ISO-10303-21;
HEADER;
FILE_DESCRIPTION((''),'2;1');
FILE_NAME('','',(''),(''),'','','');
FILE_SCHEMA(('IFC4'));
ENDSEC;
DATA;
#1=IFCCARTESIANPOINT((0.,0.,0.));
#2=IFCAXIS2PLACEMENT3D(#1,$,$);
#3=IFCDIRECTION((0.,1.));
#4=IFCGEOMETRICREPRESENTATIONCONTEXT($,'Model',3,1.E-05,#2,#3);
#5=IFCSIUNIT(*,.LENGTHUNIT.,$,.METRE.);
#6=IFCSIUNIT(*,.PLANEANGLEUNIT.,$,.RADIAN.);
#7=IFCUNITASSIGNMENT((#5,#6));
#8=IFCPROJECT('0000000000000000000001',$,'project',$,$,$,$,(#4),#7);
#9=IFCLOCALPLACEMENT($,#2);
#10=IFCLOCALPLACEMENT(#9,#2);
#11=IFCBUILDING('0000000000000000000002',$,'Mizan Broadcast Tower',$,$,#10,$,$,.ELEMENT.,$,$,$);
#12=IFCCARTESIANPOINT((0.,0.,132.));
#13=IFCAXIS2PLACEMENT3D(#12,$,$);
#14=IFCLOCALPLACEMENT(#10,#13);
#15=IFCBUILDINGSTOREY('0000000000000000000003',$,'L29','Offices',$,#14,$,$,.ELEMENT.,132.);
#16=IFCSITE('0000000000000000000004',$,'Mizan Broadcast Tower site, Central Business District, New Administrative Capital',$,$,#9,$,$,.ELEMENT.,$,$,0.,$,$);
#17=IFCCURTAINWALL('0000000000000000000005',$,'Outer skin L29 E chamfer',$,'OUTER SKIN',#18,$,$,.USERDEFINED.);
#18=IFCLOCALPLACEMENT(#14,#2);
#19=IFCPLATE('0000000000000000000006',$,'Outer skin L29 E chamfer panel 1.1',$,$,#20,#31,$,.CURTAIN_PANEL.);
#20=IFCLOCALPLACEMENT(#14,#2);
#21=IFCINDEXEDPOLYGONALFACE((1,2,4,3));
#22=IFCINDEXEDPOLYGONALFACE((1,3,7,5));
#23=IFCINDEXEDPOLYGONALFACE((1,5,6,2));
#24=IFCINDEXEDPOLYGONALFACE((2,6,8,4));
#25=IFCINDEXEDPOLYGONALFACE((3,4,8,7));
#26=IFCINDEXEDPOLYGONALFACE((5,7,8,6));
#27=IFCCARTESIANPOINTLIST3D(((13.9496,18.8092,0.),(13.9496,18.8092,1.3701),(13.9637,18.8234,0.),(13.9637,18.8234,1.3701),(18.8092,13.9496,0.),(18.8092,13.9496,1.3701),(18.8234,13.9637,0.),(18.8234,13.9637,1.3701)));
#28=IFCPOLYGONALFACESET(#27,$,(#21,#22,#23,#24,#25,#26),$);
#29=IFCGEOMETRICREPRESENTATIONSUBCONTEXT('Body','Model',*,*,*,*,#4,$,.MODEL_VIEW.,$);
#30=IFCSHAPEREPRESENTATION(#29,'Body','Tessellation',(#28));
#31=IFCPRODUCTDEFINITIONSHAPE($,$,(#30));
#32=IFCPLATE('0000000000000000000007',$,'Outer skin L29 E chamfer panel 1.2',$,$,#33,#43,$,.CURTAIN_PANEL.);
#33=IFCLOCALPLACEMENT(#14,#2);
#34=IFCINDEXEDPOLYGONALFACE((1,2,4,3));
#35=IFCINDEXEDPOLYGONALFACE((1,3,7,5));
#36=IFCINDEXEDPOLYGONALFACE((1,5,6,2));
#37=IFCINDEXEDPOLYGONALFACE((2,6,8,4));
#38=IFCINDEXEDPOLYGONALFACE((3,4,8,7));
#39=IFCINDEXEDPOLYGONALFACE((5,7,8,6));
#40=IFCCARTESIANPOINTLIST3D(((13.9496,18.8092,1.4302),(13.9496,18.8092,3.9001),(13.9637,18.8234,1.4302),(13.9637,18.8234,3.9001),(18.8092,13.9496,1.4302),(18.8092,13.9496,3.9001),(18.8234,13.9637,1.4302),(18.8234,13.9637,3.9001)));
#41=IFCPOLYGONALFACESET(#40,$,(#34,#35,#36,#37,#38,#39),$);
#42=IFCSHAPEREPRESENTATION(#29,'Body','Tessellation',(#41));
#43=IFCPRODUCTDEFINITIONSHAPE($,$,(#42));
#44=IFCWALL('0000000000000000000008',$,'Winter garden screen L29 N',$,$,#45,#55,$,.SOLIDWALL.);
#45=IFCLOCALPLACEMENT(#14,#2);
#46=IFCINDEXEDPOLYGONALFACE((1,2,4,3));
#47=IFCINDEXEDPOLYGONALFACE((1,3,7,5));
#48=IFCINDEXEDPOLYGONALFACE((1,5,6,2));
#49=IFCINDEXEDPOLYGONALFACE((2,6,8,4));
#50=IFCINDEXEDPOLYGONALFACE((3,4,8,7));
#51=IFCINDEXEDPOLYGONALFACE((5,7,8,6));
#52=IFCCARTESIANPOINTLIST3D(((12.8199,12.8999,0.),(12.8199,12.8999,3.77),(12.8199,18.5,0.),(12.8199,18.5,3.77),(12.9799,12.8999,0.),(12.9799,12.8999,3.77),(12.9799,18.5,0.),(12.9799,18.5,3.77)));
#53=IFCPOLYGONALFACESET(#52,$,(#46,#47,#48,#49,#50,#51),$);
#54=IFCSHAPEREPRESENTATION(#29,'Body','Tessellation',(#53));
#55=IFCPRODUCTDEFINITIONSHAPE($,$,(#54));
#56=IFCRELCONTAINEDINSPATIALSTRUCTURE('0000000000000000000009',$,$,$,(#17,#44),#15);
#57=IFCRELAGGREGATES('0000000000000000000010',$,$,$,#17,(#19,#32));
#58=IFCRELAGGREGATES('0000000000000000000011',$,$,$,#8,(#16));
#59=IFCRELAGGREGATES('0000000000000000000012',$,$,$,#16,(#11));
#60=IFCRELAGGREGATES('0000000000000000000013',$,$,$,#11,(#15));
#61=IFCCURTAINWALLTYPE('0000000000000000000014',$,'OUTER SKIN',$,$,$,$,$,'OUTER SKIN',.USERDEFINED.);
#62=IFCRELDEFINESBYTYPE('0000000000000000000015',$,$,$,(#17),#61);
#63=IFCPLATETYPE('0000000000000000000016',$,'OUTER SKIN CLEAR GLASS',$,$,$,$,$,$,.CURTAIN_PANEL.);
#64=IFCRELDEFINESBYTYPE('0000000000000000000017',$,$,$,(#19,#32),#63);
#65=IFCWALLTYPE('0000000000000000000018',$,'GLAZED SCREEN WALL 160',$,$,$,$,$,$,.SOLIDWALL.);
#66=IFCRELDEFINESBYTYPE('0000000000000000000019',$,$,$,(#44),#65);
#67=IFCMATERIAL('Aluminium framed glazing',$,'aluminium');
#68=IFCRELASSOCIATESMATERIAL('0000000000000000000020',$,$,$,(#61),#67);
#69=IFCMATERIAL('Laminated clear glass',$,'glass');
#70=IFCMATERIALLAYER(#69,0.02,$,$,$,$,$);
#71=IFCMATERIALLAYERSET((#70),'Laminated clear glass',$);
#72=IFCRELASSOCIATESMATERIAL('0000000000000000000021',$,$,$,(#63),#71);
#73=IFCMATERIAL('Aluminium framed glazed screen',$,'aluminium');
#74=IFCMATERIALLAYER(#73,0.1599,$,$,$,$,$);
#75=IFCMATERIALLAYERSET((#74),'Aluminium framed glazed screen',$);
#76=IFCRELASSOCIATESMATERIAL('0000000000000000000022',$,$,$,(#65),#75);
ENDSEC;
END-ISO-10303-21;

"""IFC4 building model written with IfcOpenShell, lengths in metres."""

from ifc_helpers import new_model, si_unit, direction, frame, frame_2d, origin, origin_2d, place, context, subcontext, project, spatial, rectangle, extrude, material, layer, layer_set, type_object, element, aggregate, save


model = new_model("IFC4")

# Units and contexts
model_context = context("Model", 3, precision=1e-05, world=origin(), true_north=direction((0.0, 1.0)))
body_context = subcontext(model_context, "Body", "Model", "MODEL_VIEW")
ifc_project = project(units=[si_unit("LENGTHUNIT", "METRE"), si_unit("PLANEANGLEUNIT", "RADIAN")], contexts=[model_context])

# Site, building, storey
site_placement = place(None, origin())
site = spatial("IfcSite", under=ifc_project, at=site_placement, Name="Mizan Broadcast Tower site, Central Business District, New Administrative Capital", CompositionType="ELEMENT", RefElevation=0.0)
building_placement = place(site_placement, origin())
building = spatial("IfcBuilding", under=site, at=building_placement, Name="Mizan Broadcast Tower", CompositionType="ELEMENT")
storey_placement = place(building_placement, frame((0.0, 0.0, 132.0)))
storey = spatial("IfcBuildingStorey", under=building, at=storey_placement, Name="L29", Description="Offices", CompositionType="ELEMENT", Elevation=132.0)

# Curtain wall
ifc_material_1 = material(Name="Aluminium framed glazing", Category="aluminium")
curtain_wall_type_1 = type_object("IfcCurtainWallType", Name="OUTER SKIN", ElementType="OUTER SKIN", PredefinedType="USERDEFINED", material=ifc_material_1)
curtain_wall_1_placement = place(storey_placement, origin())
curtain_wall_1 = element("IfcCurtainWall", 1, at=curtain_wall_1_placement, inside=storey, type_object=curtain_wall_type_1, Name="Outer skin L29 E chamfer", ObjectType="OUTER SKIN", PredefinedType="USERDEFINED")

# Plates
ifc_material_2 = material(Name="Laminated clear glass", Category="glass")
ifc_layer_1 = layer(ifc_material_2, 0.02)
ifc_layer_set_1 = layer_set([ifc_layer_1], Name="Laminated clear glass")
plate_type = type_object("IfcPlateType", Name="OUTER SKIN CLEAR GLASS", PredefinedType="CURTAIN_PANEL", material=ifc_layer_set_1)
plate_1_placement = place(storey_placement, frame((16.3865, 16.3865, 0.0), z_axis=(0.0, 0.0, 1.0), x_axis=(-0.707107, 0.707107, 0.0)))
plate_1 = element("IfcPlate", 2, at=plate_1_placement, type_object=plate_type, Name="Outer skin L29 E chamfer panel 1.1", PredefinedType="CURTAIN_PANEL", context=body_context, shape_type="SweptSolid", body=[
    extrude(rectangle(XDim=6.8726, YDim=0.02, at=origin_2d()), origin(), (0.0, 0.0, 1.0), 1.3701),
])
plate_2_placement = place(storey_placement, frame((16.3865, 16.3865, 1.4302), z_axis=(0.0, 0.0, 1.0), x_axis=(-0.707107, 0.707107, 0.0)))
plate_2 = element("IfcPlate", 3, at=plate_2_placement, type_object=plate_type, Name="Outer skin L29 E chamfer panel 1.2", PredefinedType="CURTAIN_PANEL", context=body_context, shape_type="SweptSolid", body=[
    extrude(rectangle(XDim=6.8726, YDim=0.02, at=origin_2d()), origin(), (0.0, 0.0, 1.0), 2.47),
])
aggregate(curtain_wall_1, [plate_1, plate_2])

# Wall
ifc_material_3 = material(Name="Aluminium framed glazed screen", Category="aluminium")
ifc_layer_2 = layer(ifc_material_3, 0.1599)
ifc_layer_set_2 = layer_set([ifc_layer_2], Name="Aluminium framed glazed screen")
wall_type = type_object("IfcWallType", Name="GLAZED SCREEN WALL 160", PredefinedType="SOLIDWALL", material=ifc_layer_set_2)
wall_placement = place(storey_placement, frame((12.8999, 12.8999, 0.0), z_axis=(0.0, 0.0, 1.0), x_axis=(0.0, 1.0, 0.0)))
element("IfcWall", 4, at=wall_placement, inside=storey, type_object=wall_type, Name="Winter garden screen L29 N", PredefinedType="SOLIDWALL", context=body_context, shape_type="SweptSolid", body=[
    extrude(rectangle(XDim=5.6001, YDim=0.1599, at=frame_2d((2.8, 0.0))), origin(), (0.0, 0.0, 1.0), 3.77),
])

save(model, "model.ifc")
